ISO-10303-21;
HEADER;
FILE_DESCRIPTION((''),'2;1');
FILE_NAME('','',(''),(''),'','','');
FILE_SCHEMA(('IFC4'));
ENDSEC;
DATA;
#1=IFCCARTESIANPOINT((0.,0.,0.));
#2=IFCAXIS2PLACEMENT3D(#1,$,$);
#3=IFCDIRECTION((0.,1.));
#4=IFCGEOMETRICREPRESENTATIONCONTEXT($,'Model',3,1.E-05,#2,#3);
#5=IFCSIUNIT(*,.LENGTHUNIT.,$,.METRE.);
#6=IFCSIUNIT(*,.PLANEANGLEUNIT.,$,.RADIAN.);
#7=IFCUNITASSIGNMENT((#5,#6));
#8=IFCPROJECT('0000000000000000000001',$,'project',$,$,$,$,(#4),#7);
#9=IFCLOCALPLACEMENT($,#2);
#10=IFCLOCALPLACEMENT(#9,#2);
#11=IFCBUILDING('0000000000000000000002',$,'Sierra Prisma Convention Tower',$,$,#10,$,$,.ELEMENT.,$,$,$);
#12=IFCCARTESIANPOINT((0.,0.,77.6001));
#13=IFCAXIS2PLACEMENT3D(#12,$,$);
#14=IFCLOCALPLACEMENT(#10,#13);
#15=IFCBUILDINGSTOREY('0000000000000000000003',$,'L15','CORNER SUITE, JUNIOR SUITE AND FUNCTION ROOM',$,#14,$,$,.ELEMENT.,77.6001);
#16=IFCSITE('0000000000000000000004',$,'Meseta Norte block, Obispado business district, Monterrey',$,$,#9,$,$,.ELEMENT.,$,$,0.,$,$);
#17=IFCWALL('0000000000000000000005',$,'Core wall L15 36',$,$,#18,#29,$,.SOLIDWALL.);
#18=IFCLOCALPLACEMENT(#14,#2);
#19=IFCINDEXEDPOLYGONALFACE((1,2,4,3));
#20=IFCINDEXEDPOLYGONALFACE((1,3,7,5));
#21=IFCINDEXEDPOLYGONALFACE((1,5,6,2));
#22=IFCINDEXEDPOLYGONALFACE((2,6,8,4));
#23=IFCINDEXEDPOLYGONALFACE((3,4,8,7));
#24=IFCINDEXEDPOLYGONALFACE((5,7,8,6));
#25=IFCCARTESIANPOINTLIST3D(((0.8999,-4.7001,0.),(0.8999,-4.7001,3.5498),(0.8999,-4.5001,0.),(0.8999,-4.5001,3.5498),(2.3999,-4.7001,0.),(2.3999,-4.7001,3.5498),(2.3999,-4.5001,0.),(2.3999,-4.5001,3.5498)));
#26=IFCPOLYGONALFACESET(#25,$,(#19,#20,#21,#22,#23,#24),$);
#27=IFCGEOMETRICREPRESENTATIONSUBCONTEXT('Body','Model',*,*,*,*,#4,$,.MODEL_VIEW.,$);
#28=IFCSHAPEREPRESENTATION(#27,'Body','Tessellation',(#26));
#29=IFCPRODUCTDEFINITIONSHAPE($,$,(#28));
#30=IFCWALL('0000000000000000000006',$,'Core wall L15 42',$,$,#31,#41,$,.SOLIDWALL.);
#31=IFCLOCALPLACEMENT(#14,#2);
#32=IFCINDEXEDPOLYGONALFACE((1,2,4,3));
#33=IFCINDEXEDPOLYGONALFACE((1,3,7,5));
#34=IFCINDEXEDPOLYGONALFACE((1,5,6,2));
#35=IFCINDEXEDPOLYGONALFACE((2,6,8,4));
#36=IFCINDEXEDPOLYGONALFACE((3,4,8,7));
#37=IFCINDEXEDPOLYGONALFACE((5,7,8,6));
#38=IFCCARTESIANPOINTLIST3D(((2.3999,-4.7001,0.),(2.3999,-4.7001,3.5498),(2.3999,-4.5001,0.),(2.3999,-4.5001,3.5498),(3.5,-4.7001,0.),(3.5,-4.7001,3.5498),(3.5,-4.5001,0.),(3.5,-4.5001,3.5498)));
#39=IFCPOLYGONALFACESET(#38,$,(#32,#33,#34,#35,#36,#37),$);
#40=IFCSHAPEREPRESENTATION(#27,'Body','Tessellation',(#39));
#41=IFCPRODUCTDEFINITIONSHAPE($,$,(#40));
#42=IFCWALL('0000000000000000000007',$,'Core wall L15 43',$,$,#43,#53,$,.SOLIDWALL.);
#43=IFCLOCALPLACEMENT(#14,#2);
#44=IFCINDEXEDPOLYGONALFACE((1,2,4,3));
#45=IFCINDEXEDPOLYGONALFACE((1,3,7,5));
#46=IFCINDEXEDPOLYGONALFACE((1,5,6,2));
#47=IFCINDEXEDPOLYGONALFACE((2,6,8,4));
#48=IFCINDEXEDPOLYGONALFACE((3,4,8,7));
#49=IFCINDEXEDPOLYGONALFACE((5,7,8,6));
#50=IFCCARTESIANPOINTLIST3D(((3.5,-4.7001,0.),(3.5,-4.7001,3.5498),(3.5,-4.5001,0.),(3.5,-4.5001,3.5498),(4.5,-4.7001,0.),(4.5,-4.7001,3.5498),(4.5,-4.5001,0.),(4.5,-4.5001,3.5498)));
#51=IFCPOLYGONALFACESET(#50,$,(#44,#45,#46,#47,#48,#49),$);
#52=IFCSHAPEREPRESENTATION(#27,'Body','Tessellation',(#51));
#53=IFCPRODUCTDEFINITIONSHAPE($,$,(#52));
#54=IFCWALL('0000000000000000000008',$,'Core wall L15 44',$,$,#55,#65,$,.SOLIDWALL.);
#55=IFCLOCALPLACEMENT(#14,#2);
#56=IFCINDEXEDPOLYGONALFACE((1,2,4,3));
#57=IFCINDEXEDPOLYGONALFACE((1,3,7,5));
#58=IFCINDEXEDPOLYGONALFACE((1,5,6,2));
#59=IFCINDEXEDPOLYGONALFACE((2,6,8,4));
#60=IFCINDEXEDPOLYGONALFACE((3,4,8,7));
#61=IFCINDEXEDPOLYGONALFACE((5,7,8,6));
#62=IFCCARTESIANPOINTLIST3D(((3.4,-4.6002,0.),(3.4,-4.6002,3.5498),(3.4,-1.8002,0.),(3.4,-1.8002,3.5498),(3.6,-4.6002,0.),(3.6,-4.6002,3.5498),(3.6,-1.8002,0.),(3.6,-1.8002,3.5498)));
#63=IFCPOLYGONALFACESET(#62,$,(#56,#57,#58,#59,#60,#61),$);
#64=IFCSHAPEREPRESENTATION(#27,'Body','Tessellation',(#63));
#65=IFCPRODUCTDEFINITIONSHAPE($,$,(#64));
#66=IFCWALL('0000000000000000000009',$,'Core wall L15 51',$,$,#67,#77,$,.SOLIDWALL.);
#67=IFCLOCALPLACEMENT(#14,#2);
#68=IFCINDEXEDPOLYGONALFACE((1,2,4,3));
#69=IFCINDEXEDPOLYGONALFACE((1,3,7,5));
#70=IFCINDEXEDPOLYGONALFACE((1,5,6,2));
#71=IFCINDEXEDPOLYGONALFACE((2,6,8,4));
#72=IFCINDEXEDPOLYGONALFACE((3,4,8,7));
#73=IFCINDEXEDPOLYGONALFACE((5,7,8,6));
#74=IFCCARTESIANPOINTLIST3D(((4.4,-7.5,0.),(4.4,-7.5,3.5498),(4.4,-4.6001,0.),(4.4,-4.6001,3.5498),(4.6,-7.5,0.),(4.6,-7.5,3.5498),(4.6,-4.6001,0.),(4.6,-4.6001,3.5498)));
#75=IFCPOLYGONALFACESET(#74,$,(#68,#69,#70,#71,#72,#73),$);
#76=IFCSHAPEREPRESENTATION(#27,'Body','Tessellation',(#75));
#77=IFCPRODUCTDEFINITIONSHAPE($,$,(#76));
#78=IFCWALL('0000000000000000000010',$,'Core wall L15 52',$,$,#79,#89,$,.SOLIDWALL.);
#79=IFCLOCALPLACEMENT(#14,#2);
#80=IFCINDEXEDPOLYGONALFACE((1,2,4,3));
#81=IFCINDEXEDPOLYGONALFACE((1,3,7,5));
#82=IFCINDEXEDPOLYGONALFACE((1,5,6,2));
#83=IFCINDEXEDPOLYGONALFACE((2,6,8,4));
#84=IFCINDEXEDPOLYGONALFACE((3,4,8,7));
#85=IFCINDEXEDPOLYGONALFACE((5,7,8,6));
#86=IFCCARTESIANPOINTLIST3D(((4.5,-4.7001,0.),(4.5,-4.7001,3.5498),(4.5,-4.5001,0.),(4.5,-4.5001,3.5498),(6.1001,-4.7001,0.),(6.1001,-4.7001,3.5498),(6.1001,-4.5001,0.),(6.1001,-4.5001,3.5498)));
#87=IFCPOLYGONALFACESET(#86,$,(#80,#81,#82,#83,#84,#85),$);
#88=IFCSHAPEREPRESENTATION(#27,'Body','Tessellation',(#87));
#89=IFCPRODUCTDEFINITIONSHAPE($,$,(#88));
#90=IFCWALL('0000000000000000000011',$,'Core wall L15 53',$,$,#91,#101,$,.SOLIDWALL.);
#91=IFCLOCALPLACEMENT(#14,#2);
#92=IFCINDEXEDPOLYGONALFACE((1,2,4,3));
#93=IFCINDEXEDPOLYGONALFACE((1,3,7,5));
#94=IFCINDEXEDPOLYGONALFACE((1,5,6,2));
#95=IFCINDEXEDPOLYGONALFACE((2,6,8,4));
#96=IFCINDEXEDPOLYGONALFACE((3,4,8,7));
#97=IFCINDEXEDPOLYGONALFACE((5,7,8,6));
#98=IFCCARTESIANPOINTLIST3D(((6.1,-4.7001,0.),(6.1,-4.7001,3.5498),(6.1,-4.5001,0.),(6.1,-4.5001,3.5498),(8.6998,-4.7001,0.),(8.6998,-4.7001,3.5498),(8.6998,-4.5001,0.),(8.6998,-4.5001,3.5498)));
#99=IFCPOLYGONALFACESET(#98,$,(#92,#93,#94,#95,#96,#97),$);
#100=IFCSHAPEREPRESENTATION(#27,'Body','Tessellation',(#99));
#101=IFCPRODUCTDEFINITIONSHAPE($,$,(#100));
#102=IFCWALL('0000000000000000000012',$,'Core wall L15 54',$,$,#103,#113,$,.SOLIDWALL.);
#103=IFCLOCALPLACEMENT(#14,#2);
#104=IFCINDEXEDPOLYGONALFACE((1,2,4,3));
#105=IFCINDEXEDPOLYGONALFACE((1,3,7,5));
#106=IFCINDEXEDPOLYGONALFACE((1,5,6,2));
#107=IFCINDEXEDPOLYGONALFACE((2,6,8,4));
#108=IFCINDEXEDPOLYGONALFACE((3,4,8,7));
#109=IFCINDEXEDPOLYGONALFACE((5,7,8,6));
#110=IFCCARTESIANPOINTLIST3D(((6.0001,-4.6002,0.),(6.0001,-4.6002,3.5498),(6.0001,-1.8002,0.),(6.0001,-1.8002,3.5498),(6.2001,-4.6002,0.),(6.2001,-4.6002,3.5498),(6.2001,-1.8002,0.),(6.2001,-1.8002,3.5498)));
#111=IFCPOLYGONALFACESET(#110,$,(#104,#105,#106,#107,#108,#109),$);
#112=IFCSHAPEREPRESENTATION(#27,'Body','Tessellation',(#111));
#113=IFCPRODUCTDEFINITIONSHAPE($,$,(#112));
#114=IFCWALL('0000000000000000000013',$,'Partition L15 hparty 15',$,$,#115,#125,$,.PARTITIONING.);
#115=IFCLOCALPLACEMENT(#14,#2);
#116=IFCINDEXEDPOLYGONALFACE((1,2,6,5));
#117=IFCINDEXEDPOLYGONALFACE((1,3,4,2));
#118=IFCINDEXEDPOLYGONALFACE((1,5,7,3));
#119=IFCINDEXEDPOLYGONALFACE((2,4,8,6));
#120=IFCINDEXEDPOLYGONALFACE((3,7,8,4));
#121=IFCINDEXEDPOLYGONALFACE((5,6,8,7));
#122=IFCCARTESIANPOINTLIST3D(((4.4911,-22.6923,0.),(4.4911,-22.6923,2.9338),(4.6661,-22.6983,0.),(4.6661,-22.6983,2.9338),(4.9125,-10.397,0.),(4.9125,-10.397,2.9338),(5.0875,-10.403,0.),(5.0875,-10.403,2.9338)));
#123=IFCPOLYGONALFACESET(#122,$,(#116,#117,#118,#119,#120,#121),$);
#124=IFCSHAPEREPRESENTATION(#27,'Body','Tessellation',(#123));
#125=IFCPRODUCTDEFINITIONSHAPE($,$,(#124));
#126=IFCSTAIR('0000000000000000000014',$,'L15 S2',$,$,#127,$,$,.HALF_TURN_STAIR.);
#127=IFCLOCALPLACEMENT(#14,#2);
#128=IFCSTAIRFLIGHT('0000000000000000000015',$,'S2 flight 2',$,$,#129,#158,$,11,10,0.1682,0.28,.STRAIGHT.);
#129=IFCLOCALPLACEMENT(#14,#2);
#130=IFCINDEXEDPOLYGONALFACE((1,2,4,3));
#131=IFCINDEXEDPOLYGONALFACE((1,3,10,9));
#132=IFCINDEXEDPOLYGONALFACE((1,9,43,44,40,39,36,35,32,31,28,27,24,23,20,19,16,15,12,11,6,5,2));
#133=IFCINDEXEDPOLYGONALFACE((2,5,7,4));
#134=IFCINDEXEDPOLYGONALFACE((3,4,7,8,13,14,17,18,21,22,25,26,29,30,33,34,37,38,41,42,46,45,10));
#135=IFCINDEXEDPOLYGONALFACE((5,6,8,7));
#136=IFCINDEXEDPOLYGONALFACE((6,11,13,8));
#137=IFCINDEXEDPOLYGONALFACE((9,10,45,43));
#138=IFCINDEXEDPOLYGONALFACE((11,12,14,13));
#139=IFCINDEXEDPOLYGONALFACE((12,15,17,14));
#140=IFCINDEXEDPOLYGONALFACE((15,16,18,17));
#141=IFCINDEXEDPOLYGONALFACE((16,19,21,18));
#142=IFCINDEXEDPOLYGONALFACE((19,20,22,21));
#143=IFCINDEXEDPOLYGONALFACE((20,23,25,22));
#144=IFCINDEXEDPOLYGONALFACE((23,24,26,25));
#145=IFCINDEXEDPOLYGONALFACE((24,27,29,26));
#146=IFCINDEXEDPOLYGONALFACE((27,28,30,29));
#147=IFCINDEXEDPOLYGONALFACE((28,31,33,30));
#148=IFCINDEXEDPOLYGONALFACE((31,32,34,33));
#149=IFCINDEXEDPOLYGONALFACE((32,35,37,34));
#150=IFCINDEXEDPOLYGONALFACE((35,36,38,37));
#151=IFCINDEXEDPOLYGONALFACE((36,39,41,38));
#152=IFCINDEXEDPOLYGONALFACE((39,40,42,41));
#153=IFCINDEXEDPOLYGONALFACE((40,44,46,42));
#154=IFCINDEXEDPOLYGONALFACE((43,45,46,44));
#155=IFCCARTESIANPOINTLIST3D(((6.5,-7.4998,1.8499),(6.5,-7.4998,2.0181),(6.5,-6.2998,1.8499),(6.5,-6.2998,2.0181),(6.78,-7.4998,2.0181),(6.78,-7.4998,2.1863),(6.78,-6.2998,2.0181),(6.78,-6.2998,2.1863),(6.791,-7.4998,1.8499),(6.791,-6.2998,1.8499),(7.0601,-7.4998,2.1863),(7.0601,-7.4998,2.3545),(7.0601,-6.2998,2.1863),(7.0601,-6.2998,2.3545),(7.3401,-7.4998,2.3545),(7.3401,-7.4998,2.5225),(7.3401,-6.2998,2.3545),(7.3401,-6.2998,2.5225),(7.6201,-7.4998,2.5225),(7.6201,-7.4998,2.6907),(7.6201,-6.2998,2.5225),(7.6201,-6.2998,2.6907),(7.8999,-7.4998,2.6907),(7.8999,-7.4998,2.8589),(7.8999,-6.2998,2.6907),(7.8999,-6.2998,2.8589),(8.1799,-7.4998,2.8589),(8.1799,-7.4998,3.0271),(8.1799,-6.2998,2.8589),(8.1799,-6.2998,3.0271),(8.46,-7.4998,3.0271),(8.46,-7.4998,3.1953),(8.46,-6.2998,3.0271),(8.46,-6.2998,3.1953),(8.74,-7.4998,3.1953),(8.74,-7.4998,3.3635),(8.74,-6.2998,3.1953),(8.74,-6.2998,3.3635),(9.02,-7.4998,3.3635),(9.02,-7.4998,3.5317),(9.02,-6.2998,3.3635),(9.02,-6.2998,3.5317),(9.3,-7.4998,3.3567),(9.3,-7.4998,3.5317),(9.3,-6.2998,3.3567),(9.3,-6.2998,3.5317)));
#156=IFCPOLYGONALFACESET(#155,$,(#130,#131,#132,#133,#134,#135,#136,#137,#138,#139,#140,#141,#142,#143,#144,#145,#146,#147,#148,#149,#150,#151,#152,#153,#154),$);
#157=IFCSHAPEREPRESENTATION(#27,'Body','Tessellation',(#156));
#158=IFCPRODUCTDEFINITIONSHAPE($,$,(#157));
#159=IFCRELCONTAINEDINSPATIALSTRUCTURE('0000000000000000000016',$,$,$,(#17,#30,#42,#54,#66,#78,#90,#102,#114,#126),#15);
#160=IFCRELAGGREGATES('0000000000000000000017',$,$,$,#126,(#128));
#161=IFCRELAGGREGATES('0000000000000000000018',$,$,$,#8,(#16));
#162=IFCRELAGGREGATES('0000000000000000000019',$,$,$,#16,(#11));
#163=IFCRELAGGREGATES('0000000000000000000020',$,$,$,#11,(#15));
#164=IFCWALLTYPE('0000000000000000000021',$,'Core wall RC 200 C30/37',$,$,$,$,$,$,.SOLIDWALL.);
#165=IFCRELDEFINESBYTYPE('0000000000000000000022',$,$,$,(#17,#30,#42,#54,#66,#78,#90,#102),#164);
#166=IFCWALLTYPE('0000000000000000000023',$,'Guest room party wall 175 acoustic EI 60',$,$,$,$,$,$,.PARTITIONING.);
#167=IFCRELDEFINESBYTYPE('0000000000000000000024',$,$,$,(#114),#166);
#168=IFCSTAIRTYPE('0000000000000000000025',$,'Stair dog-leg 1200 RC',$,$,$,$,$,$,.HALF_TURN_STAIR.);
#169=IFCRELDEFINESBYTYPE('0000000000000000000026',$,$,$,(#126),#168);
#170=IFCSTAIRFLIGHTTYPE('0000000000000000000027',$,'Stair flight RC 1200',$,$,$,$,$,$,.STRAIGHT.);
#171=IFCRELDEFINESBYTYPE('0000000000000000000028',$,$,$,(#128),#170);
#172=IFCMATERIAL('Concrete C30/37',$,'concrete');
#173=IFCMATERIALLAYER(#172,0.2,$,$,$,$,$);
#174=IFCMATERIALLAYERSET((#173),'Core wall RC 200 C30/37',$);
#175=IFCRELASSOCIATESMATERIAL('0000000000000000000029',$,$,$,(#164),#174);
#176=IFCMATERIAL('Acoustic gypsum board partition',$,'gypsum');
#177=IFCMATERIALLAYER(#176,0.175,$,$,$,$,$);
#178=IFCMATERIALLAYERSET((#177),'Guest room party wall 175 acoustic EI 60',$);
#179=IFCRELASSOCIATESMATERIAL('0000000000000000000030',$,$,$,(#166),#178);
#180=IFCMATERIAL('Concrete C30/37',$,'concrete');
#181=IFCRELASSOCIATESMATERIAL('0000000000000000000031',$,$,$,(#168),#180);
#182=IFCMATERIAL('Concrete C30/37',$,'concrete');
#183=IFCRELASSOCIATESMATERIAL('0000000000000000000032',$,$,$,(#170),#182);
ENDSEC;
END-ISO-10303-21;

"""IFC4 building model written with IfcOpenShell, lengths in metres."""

from ifc_helpers import new_model, si_unit, direction, frame, frame_2d, origin, place, context, subcontext, project, spatial, polyline, rectangle, outline, extrude, material, layer, layer_set, type_object, element, aggregate, save


model = new_model("IFC4")

# Units and contexts
model_context = context("Model", 3, precision=1e-05, world=origin(), true_north=direction((0.0, 1.0)))
body_context = subcontext(model_context, "Body", "Model", "MODEL_VIEW")
ifc_project = project(units=[si_unit("LENGTHUNIT", "METRE"), si_unit("PLANEANGLEUNIT", "RADIAN")], contexts=[model_context])

# Site, building, storey
site_placement = place(None, origin())
site = spatial("IfcSite", under=ifc_project, at=site_placement, Name="Meseta Norte block, Obispado business district, Monterrey", CompositionType="ELEMENT", RefElevation=0.0)
building_placement = place(site_placement, origin())
building = spatial("IfcBuilding", under=site, at=building_placement, Name="Sierra Prisma Convention Tower", CompositionType="ELEMENT")
storey_placement = place(building_placement, frame((0.0, 0.0, 77.6001)))
storey = spatial("IfcBuildingStorey", under=building, at=storey_placement, Name="L15", Description="CORNER SUITE, JUNIOR SUITE AND FUNCTION ROOM", CompositionType="ELEMENT", Elevation=77.6001)

# Wall
ifc_material_1 = material(Name="Concrete C30/37", Category="concrete")
ifc_layer_1 = layer(ifc_material_1, 0.2)
ifc_layer_set_1 = layer_set([ifc_layer_1], Name="Core wall RC 200 C30/37")
wall_type_1 = type_object("IfcWallType", Name="Core wall RC 200 C30/37", PredefinedType="SOLIDWALL", material=ifc_layer_set_1)
wall_1_placement = place(storey_placement, frame((0.8999, -4.6001, 0.0), z_axis=(0.0, 0.0, 1.0), x_axis=(1.0, 0.0, 0.0)))
element("IfcWall", 1, at=wall_1_placement, inside=storey, type_object=wall_type_1, Name="Core wall L15 36", PredefinedType="SOLIDWALL", context=body_context, shape_type="SweptSolid", body=[
    extrude(rectangle(XDim=1.5, YDim=0.2, at=frame_2d((0.75, 0.0))), origin(), (0.0, 0.0, 1.0), 3.5498),
])

# Walls
wall_2_placement = place(storey_placement, frame((3.5, -4.6001, 0.0), z_axis=(0.0, 0.0, 1.0), x_axis=(-1.0, 0.0, 0.0)))
element("IfcWall", 2, at=wall_2_placement, inside=storey, type_object=wall_type_1, Name="Core wall L15 42", PredefinedType="SOLIDWALL", context=body_context, shape_type="SweptSolid", body=[
    extrude(rectangle(XDim=1.1001, YDim=0.2, at=frame_2d((0.55, 0.0))), origin(), (0.0, 0.0, 1.0), 3.5498),
])
wall_3_placement = place(storey_placement, frame((4.5, -4.6001, 0.0), z_axis=(0.0, 0.0, 1.0), x_axis=(-1.0, 0.0, 0.0)))
element("IfcWall", 3, at=wall_3_placement, inside=storey, type_object=wall_type_1, Name="Core wall L15 43", PredefinedType="SOLIDWALL", context=body_context, shape_type="SweptSolid", body=[
    extrude(rectangle(XDim=1.0, YDim=0.2, at=frame_2d((0.5, 0.0))), origin(), (0.0, 0.0, 1.0), 3.5498),
])
wall_4_placement = place(storey_placement, frame((3.5, -4.6001, 0.0), z_axis=(0.0, 0.0, 1.0), x_axis=(0.0, 1.0, 0.0)))
element("IfcWall", 4, at=wall_4_placement, inside=storey, type_object=wall_type_1, Name="Core wall L15 44", PredefinedType="SOLIDWALL", context=body_context, shape_type="SweptSolid", body=[
    extrude(rectangle(XDim=2.8, YDim=0.2, at=frame_2d((1.3999, 0.0))), origin(), (0.0, 0.0, 1.0), 3.5498),
])
wall_5_placement = place(storey_placement, frame((4.5, -7.5, 0.0), z_axis=(0.0, 0.0, 1.0), x_axis=(0.0, 1.0, 0.0)))
element("IfcWall", 5, at=wall_5_placement, inside=storey, type_object=wall_type_1, Name="Core wall L15 51", PredefinedType="SOLIDWALL", context=body_context, shape_type="SweptSolid", body=[
    extrude(rectangle(XDim=2.8999, YDim=0.2, at=frame_2d((1.45, 0.0))), origin(), (0.0, 0.0, 1.0), 3.5498),
])
wall_6_placement = place(storey_placement, frame((4.5, -4.6001, 0.0), z_axis=(0.0, 0.0, 1.0), x_axis=(1.0, 0.0, 0.0)))
element("IfcWall", 6, at=wall_6_placement, inside=storey, type_object=wall_type_1, Name="Core wall L15 52", PredefinedType="SOLIDWALL", context=body_context, shape_type="SweptSolid", body=[
    extrude(rectangle(XDim=1.6001, YDim=0.2, at=frame_2d((0.8, 0.0))), origin(), (0.0, 0.0, 1.0), 3.5498),
])
wall_7_placement = place(storey_placement, frame((6.1001, -4.6001, 0.0), z_axis=(0.0, 0.0, 1.0), x_axis=(1.0, 0.0, 0.0)))
element("IfcWall", 7, at=wall_7_placement, inside=storey, type_object=wall_type_1, Name="Core wall L15 53", PredefinedType="SOLIDWALL", context=body_context, shape_type="SweptSolid", body=[
    extrude(rectangle(XDim=2.5999, YDim=0.2, at=frame_2d((1.2998, 0.0))), origin(), (0.0, 0.0, 1.0), 3.5498),
])
wall_8_placement = place(storey_placement, frame((6.1001, -4.6001, 0.0), z_axis=(0.0, 0.0, 1.0), x_axis=(0.0, 1.0, 0.0)))
element("IfcWall", 8, at=wall_8_placement, inside=storey, type_object=wall_type_1, Name="Core wall L15 54", PredefinedType="SOLIDWALL", context=body_context, shape_type="SweptSolid", body=[
    extrude(rectangle(XDim=2.8, YDim=0.2, at=frame_2d((1.3999, 0.0))), origin(), (0.0, 0.0, 1.0), 3.5498),
])
ifc_material_2 = material(Name="Acoustic gypsum board partition", Category="gypsum")
ifc_layer_2 = layer(ifc_material_2, 0.175)
ifc_layer_set_2 = layer_set([ifc_layer_2], Name="Guest room party wall 175 acoustic EI 60")
wall_type_2 = type_object("IfcWallType", Name="Guest room party wall 175 acoustic EI 60", PredefinedType="PARTITIONING", material=ifc_layer_set_2)
wall_9_placement = place(storey_placement, frame((5.0, -10.3999, 0.0), z_axis=(0.0, 0.0, 1.0), x_axis=(-0.034252, -0.999413, 0.0)))
element("IfcWall", 9, at=wall_9_placement, inside=storey, type_object=wall_type_2, Name="Partition L15 hparty 15", PredefinedType="PARTITIONING", context=body_context, shape_type="SweptSolid", body=[
    extrude(rectangle(XDim=12.3025, YDim=0.175, at=frame_2d((6.1514, 0.0))), origin(), (0.0, 0.0, 1.0), 2.9338),
])

# Stair, stair flight
ifc_material_3 = material(Name="Concrete C30/37", Category="concrete")
stair_type = type_object("IfcStairType", Name="Stair dog-leg 1200 RC", PredefinedType="HALF_TURN_STAIR", material=ifc_material_3)
stair_placement = place(storey_placement, origin())
stair = element("IfcStair", 10, at=stair_placement, inside=storey, type_object=stair_type, Name="L15 S2", PredefinedType="HALF_TURN_STAIR")
ifc_material_4 = material(Name="Concrete C30/37", Category="concrete")
stair_flight_type = type_object("IfcStairFlightType", Name="Stair flight RC 1200", PredefinedType="STRAIGHT", material=ifc_material_4)
stair_flight_placement = place(storey_placement, frame((6.5, -6.8999, 1.8499), z_axis=(0.0, 0.0, 1.0), x_axis=(1.0, 0.0, 0.0)))
stair_flight = element("IfcStairFlight", 11, at=stair_flight_placement, type_object=stair_flight_type, Name="S2 flight 2", NumberOfRisers=11, NumberOfTreads=10, PredefinedType="STRAIGHT", RiserHeight=0.1682, TreadLength=0.28, context=body_context, shape_type="SweptSolid", body=[
    extrude(outline(polyline([(0.0, 0.0), (0.0, 0.1682), (0.28, 0.1682), (0.28, 0.3364), (0.5601, 0.3364), (0.5601, 0.5046), (0.8401, 0.5046), (0.8401, 0.6726), (1.1201, 0.6726), (1.1201, 0.8408), (1.3999, 0.8408), (1.3999, 1.009), (1.6799, 1.009), (1.6799, 1.1772), (1.96, 1.1772), (1.96, 1.3455), (2.24, 1.3455), (2.24, 1.5137), (2.52, 1.5137), (2.52, 1.6819), (2.8, 1.6819), (2.8, 1.8501), (2.8, 1.5068), (0.291, 0.0), (0.0, 0.0)])), frame((0.0, 0.6001, 0.0), z_axis=(0.0, -1.0, 0.0), x_axis=(1.0, 0.0, 0.0)), (0.0, 0.0, 1.0), 1.2),
])
aggregate(stair, [stair_flight])

save(model, "model.ifc")
